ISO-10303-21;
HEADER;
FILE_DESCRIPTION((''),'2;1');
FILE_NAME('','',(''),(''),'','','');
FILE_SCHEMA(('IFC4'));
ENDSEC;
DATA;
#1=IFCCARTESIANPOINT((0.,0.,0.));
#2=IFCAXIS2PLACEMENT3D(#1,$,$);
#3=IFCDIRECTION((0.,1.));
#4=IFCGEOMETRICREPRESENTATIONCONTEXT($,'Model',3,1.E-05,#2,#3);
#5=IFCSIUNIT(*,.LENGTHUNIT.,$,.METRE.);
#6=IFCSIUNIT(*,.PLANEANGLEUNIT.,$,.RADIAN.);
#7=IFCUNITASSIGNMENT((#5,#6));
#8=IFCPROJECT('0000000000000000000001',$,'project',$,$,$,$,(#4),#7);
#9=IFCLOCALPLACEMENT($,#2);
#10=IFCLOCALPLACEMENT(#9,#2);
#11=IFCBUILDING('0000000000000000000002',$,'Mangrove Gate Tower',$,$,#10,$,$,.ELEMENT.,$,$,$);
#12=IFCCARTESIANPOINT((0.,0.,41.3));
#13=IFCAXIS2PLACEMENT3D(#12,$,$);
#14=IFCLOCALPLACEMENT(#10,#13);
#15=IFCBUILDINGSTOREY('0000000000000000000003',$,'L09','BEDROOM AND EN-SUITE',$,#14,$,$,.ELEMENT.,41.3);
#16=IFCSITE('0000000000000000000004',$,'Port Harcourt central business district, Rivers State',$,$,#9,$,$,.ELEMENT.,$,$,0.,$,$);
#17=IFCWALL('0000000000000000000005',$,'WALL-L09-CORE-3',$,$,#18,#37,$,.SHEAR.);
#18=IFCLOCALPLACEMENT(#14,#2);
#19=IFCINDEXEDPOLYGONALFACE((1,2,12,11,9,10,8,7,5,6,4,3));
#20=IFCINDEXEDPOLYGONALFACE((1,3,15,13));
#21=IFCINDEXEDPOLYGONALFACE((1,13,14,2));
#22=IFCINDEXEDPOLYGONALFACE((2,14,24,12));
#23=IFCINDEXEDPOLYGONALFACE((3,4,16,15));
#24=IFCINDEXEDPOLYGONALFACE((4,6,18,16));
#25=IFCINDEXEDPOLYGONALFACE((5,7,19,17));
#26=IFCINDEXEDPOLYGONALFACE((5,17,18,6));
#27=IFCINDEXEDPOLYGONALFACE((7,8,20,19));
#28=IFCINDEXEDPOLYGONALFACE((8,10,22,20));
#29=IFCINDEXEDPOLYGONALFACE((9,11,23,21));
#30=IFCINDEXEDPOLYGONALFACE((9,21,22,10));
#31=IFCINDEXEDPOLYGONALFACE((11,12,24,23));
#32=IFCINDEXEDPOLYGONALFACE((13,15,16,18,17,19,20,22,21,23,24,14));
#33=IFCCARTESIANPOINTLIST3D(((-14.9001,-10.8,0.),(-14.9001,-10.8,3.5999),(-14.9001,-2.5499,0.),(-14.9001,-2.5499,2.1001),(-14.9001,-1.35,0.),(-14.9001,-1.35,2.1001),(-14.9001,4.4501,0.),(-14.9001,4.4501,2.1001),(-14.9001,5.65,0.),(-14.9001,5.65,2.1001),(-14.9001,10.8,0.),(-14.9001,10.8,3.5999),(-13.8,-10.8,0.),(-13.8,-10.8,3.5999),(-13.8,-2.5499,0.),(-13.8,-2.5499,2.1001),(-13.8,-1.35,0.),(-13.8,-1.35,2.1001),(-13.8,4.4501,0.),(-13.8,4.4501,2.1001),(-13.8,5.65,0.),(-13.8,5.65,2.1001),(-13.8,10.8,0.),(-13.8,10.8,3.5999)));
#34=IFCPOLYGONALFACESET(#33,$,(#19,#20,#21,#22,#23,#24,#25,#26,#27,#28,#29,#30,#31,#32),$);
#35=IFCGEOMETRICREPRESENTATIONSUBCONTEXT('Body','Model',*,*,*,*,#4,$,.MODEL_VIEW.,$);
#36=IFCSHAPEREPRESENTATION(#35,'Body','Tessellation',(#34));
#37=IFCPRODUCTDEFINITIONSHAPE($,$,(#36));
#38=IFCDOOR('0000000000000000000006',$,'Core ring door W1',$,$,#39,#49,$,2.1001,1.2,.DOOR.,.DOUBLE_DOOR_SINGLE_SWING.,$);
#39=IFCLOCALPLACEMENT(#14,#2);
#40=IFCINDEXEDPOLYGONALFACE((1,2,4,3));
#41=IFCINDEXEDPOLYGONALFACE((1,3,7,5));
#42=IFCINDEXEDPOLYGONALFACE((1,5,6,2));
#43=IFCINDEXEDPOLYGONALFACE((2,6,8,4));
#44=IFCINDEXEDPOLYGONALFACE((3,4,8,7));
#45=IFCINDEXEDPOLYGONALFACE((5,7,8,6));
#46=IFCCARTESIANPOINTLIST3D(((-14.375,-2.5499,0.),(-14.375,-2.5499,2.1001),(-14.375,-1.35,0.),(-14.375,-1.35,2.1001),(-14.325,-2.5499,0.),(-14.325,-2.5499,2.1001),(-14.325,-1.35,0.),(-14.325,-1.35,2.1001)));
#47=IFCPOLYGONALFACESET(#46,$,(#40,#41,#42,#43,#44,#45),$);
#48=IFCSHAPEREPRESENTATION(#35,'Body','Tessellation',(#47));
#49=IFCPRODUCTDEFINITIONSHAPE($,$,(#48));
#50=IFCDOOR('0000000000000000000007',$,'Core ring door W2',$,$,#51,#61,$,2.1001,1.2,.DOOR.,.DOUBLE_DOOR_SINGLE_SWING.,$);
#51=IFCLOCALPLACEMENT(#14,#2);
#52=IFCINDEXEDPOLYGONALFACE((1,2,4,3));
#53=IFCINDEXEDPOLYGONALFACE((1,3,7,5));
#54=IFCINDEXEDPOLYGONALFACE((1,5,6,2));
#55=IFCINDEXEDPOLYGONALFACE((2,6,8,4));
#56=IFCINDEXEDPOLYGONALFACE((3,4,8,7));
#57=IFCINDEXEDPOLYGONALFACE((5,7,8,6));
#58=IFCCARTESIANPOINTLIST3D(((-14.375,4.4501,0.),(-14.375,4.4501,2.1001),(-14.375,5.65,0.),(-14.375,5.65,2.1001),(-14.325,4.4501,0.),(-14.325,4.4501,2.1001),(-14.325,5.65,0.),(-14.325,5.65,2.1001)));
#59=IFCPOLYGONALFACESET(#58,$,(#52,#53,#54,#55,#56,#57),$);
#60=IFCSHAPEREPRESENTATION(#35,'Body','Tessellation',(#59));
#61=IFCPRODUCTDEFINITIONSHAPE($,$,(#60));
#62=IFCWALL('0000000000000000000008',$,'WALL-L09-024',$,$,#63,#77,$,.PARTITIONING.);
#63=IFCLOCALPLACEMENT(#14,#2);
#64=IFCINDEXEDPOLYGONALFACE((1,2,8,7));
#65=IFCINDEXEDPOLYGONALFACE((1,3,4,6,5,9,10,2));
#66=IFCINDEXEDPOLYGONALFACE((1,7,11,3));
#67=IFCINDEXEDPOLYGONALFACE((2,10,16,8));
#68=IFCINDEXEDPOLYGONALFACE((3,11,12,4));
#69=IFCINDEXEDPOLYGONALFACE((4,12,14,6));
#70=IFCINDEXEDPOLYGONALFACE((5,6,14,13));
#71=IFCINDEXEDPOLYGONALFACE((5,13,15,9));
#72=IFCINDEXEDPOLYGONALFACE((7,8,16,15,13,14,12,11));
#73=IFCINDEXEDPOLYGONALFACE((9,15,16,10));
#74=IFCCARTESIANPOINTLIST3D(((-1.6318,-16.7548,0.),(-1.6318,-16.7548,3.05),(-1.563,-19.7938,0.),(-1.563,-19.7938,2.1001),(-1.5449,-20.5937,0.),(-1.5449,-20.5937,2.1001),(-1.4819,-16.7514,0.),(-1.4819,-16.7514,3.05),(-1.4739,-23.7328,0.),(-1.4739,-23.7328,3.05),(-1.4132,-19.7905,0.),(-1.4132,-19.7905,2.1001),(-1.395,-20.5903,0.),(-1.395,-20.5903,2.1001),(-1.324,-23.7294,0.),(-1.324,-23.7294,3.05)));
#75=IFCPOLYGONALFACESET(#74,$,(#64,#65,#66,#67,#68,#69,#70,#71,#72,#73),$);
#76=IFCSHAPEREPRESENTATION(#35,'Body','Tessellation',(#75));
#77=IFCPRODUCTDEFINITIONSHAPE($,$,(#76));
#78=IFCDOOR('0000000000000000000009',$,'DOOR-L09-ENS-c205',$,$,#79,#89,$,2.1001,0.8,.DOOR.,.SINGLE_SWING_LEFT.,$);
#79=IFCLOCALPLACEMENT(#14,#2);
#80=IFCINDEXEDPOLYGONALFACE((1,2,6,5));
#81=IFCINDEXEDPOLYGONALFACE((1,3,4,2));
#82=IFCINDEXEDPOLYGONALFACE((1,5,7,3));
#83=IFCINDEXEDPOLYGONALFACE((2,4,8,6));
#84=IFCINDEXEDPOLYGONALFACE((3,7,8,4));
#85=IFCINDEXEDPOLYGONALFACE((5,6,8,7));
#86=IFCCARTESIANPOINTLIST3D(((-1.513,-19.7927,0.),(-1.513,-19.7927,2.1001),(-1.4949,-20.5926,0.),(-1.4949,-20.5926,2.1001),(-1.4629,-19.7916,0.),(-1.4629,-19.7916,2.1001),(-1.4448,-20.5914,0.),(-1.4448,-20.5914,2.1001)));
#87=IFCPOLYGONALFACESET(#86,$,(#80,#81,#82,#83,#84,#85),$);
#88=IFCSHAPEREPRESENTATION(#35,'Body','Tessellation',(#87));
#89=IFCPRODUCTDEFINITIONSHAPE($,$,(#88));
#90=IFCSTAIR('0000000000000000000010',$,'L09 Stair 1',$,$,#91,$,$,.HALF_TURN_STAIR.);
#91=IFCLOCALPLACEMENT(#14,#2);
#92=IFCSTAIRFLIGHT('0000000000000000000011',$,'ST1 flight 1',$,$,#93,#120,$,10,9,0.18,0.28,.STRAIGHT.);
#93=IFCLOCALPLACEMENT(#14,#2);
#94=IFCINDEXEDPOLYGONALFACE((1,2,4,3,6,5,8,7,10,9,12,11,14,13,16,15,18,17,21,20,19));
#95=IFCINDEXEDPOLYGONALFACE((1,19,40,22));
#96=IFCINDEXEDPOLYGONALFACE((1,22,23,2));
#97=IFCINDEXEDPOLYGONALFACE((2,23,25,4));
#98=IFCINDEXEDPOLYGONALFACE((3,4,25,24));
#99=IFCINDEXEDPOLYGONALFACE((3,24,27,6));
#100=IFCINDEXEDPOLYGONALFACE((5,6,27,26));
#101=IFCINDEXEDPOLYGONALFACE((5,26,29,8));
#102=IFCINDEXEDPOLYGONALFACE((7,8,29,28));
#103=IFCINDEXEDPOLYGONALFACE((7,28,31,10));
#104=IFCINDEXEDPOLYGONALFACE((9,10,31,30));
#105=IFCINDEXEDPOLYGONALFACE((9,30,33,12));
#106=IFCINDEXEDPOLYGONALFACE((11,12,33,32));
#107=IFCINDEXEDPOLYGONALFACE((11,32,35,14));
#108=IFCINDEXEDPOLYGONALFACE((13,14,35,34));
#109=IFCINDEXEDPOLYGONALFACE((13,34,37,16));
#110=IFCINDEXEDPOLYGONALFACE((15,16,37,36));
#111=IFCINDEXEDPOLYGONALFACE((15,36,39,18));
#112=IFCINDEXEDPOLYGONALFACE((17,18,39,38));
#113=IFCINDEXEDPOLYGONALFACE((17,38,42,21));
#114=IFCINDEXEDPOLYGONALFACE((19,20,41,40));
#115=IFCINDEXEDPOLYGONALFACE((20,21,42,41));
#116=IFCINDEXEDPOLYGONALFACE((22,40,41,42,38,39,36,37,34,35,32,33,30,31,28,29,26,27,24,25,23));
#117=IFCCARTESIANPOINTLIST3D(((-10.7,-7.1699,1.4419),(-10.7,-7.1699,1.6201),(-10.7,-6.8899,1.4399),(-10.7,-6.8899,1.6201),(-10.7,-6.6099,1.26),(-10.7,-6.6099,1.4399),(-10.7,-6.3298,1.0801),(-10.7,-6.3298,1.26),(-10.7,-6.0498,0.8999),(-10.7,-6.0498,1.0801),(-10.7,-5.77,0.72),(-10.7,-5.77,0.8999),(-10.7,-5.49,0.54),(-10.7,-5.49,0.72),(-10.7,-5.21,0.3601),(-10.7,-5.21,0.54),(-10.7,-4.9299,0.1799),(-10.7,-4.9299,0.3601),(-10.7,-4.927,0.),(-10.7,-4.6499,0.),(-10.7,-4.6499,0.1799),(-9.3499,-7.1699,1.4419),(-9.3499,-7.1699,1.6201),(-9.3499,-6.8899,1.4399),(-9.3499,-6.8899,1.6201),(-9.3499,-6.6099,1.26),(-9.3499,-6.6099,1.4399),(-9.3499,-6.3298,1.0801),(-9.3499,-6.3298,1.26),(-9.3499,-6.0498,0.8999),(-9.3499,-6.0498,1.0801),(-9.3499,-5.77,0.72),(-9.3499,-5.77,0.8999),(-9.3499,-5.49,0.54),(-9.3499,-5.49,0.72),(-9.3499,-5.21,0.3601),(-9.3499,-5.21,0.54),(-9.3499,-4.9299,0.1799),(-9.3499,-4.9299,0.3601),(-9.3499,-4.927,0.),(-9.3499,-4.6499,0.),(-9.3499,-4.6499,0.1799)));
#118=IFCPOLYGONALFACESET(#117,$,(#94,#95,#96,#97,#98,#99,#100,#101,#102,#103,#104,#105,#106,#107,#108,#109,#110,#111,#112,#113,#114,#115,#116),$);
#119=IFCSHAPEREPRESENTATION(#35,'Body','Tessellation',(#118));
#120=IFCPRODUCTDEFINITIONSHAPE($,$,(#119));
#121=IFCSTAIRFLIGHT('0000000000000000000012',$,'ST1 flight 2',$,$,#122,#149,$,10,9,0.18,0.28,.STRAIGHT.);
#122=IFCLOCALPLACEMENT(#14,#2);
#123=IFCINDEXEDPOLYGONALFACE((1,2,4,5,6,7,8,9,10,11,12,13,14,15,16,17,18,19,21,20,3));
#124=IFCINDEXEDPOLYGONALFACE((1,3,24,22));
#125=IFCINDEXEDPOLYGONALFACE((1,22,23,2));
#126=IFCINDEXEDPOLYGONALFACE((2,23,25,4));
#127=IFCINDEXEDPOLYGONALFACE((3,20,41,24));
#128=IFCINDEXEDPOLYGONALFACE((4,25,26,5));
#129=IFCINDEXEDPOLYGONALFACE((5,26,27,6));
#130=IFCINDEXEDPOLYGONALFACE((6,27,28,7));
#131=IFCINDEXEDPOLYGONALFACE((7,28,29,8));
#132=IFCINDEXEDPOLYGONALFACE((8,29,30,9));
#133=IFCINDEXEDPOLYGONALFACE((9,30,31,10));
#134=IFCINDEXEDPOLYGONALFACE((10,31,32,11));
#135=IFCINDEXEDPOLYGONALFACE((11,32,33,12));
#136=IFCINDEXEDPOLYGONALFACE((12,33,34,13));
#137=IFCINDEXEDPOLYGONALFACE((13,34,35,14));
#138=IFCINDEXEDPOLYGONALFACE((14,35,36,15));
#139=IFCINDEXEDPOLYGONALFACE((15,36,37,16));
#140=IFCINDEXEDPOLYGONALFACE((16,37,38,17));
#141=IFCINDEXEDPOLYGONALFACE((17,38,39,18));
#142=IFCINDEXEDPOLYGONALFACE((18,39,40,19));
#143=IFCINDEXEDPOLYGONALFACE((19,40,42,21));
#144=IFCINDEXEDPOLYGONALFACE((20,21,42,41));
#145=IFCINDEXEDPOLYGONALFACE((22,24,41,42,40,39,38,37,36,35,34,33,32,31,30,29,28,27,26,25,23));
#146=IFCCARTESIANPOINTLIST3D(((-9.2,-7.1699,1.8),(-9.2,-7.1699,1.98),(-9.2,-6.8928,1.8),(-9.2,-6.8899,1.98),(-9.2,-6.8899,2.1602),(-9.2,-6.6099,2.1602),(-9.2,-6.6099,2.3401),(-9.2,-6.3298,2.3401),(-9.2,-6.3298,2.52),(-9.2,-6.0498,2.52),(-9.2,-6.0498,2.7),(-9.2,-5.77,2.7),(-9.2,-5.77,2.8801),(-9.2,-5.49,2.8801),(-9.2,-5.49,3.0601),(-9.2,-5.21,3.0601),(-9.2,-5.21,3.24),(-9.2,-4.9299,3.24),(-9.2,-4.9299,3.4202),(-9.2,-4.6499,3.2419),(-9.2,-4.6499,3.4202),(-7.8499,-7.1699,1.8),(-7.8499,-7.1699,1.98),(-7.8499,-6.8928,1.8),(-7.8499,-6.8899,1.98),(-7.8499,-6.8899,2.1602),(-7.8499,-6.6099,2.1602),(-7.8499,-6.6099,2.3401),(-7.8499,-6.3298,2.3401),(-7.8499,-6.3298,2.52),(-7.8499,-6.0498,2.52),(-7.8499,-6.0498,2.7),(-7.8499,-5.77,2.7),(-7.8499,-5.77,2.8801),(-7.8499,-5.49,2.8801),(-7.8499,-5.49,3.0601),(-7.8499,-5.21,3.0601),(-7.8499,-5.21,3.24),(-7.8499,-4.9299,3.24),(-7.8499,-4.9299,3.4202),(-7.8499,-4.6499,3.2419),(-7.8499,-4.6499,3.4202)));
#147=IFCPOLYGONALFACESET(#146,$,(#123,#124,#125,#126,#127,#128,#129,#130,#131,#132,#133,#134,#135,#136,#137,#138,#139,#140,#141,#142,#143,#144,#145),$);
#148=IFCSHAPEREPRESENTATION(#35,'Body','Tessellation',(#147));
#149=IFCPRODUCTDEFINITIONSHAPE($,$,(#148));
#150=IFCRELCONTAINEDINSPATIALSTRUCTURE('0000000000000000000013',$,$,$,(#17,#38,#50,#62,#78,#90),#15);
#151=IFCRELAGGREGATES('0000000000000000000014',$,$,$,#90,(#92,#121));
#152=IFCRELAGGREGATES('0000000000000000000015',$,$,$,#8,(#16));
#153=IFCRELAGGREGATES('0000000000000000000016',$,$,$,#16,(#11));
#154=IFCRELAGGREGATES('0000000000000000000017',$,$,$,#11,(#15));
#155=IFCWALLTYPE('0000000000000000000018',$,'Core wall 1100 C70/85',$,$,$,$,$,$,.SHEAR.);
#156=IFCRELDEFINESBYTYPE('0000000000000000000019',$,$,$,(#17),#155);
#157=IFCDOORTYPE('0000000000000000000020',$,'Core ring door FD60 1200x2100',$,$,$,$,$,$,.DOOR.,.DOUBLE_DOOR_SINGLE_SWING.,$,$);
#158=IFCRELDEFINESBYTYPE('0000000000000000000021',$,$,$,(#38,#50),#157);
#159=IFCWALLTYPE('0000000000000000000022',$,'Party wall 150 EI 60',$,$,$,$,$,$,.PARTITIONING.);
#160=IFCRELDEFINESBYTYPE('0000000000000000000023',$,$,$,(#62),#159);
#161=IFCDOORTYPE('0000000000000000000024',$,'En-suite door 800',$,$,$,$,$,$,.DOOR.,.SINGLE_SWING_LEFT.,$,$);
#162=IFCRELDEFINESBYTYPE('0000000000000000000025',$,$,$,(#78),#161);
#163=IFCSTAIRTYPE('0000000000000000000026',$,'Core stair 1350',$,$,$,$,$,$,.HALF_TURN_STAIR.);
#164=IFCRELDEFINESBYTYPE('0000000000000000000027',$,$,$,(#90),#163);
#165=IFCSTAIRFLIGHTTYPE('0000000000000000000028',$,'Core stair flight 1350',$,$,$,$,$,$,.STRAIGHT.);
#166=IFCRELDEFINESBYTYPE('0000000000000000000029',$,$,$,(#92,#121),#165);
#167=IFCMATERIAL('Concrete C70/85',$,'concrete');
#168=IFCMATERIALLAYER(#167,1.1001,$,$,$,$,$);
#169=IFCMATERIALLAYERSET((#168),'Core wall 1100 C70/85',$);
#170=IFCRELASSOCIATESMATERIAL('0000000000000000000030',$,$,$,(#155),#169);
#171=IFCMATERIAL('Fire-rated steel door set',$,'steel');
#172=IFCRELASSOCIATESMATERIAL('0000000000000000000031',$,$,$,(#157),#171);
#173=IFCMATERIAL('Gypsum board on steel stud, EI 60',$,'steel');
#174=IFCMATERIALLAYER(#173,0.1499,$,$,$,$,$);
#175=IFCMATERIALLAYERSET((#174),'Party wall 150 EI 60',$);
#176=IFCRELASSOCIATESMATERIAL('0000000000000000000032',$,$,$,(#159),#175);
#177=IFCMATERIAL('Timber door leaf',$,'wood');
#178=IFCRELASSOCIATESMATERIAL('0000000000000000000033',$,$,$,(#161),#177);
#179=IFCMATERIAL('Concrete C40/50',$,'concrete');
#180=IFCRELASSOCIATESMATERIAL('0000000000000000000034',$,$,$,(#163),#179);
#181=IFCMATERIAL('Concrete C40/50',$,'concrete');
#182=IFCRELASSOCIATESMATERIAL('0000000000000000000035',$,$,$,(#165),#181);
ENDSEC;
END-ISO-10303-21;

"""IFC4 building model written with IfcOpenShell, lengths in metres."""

from ifc_helpers import new_model, si_unit, direction, frame, frame_2d, origin, place, context, subcontext, project, spatial, polyline, rectangle, outline, extrude, material, layer, layer_set, type_object, element, fill, aggregate, save


model = new_model("IFC4")

# Units and contexts
model_context = context("Model", 3, precision=1e-05, world=origin(), true_north=direction((0.0, 1.0)))
body_context = subcontext(model_context, "Body", "Model", "MODEL_VIEW")
ifc_project = project(units=[si_unit("LENGTHUNIT", "METRE"), si_unit("PLANEANGLEUNIT", "RADIAN")], contexts=[model_context])

# Site, building, storey
site_placement = place(None, origin())
site = spatial("IfcSite", under=ifc_project, at=site_placement, Name="Port Harcourt central business district, Rivers State", CompositionType="ELEMENT", RefElevation=0.0)
building_placement = place(site_placement, origin())
building = spatial("IfcBuilding", under=site, at=building_placement, Name="Mangrove Gate Tower", CompositionType="ELEMENT")
storey_placement = place(building_placement, frame((0.0, 0.0, 41.3)))
storey = spatial("IfcBuildingStorey", under=building, at=storey_placement, Name="L09", Description="BEDROOM AND EN-SUITE", CompositionType="ELEMENT", Elevation=41.3)

# Shared definitions
ifc_material_1 = material(Name="Concrete C70/85", Category="concrete")
ifc_layer_1 = layer(ifc_material_1, 1.1001)
ifc_layer_set_1 = layer_set([ifc_layer_1], Name="Core wall 1100 C70/85")
wall_type_1 = type_object("IfcWallType", Name="Core wall 1100 C70/85", PredefinedType="SHEAR", material=ifc_layer_set_1)

# Wall, openings, doors
wall_1_placement = place(storey_placement, frame((-14.3501, -10.8, 0.0), z_axis=(0.0, 0.0, 1.0), x_axis=(0.0, 1.0, 0.0)))
wall_1 = element("IfcWall", 1, at=wall_1_placement, inside=storey, type_object=wall_type_1, Name="WALL-L09-CORE-3", PredefinedType="SHEAR", context=body_context, shape_type="SweptSolid", body=[
    extrude(rectangle(XDim=21.6001, YDim=1.1001, at=frame_2d((10.8, 0.0))), origin(), (0.0, 0.0, 1.0), 3.5999),
])
opening_1_placement = place(wall_1_placement, frame((8.25, 0.0, 0.0)))
opening_1 = element("IfcOpeningElement", 2, at=opening_1_placement, cuts=wall_1, PredefinedType="OPENING", context=body_context, shape_type="SweptSolid", body=[
    extrude(rectangle(XDim=1.2, YDim=2.1001, at=frame_2d((0.6001, 1.05))), frame((0.0, 0.5601, 0.0), z_axis=(0.0, -1.0, 0.0), x_axis=(1.0, 0.0, 0.0)), (0.0, 0.0, 1.0), 1.1201),
])
opening_2_placement = place(wall_1_placement, frame((15.25, 0.0, 0.0)))
opening_2 = element("IfcOpeningElement", 3, at=opening_2_placement, cuts=wall_1, PredefinedType="OPENING", context=body_context, shape_type="SweptSolid", body=[
    extrude(rectangle(XDim=1.2, YDim=2.1001, at=frame_2d((0.6001, 1.05))), frame((0.0, 0.5601, 0.0), z_axis=(0.0, -1.0, 0.0), x_axis=(1.0, 0.0, 0.0)), (0.0, 0.0, 1.0), 1.1201),
])
ifc_material_2 = material(Name="Fire-rated steel door set", Category="steel")
door_type_1 = type_object("IfcDoorType", Name="Core ring door FD60 1200x2100", OperationType="DOUBLE_DOOR_SINGLE_SWING", PredefinedType="DOOR", material=ifc_material_2)
door_1_placement = place(opening_1_placement, origin())
door_1 = element("IfcDoor", 4, at=door_1_placement, inside=storey, type_object=door_type_1, Name="Core ring door W1", OperationType="DOUBLE_DOOR_SINGLE_SWING", OverallHeight=2.1001, OverallWidth=1.2, PredefinedType="DOOR", context=body_context, shape_type="SweptSolid", body=[
    extrude(rectangle(XDim=1.2, YDim=2.1001, at=frame_2d((0.6001, 1.05))), frame((0.0, 0.0249, 0.0), z_axis=(0.0, -1.0, 0.0), x_axis=(1.0, 0.0, 0.0)), (0.0, 0.0, 1.0), 0.05),
])
fill(opening_1, door_1)
door_2_placement = place(opening_2_placement, origin())
door_2 = element("IfcDoor", 5, at=door_2_placement, inside=storey, type_object=door_type_1, Name="Core ring door W2", OperationType="DOUBLE_DOOR_SINGLE_SWING", OverallHeight=2.1001, OverallWidth=1.2, PredefinedType="DOOR", context=body_context, shape_type="SweptSolid", body=[
    extrude(rectangle(XDim=1.2, YDim=2.1001, at=frame_2d((0.6001, 1.05))), frame((0.0, 0.0249, 0.0), z_axis=(0.0, -1.0, 0.0), x_axis=(1.0, 0.0, 0.0)), (0.0, 0.0, 1.0), 0.05),
])
fill(opening_2, door_2)

# Wall, opening, door
ifc_material_3 = material(Name="Gypsum board on steel stud, EI 60", Category="steel")
ifc_layer_2 = layer(ifc_material_3, 0.1499)
ifc_layer_set_2 = layer_set([ifc_layer_2], Name="Party wall 150 EI 60")
wall_type_2 = type_object("IfcWallType", Name="Party wall 150 EI 60", PredefinedType="PARTITIONING", material=ifc_layer_set_2)
wall_2_placement = place(storey_placement, frame((-1.3989, -23.731, 0.0), z_axis=(0.0, 0.0, 1.0), x_axis=(-0.022631, 0.999744, 0.0)))
wall_2 = element("IfcWall", 6, at=wall_2_placement, inside=storey, type_object=wall_type_2, Name="WALL-L09-024", PredefinedType="PARTITIONING", context=body_context, shape_type="SweptSolid", body=[
    extrude(rectangle(XDim=6.9797, YDim=0.1499, at=frame_2d((3.4897, 0.0))), origin(), (0.0, 0.0, 1.0), 3.05),
])
opening_3_placement = place(wall_2_placement, frame((3.1399, 0.0, 0.0)))
opening_3 = element("IfcOpeningElement", 7, at=opening_3_placement, cuts=wall_2, PredefinedType="OPENING", context=body_context, shape_type="SweptSolid", body=[
    extrude(rectangle(XDim=0.8, YDim=2.1001, at=frame_2d((0.3999, 1.05))), frame((0.0, 0.085, 0.0), z_axis=(0.0, -1.0, 0.0), x_axis=(1.0, 0.0, 0.0)), (0.0, 0.0, 1.0), 0.1699),
])
ifc_material_4 = material(Name="Timber door leaf", Category="wood")
door_type_2 = type_object("IfcDoorType", Name="En-suite door 800", OperationType="SINGLE_SWING_LEFT", PredefinedType="DOOR", material=ifc_material_4)
door_3_placement = place(opening_3_placement, origin())
door_3 = element("IfcDoor", 8, at=door_3_placement, inside=storey, type_object=door_type_2, Name="DOOR-L09-ENS-c205", OperationType="SINGLE_SWING_LEFT", OverallHeight=2.1001, OverallWidth=0.8, PredefinedType="DOOR", context=body_context, shape_type="SweptSolid", body=[
    extrude(rectangle(XDim=0.8, YDim=2.1001, at=frame_2d((0.3999, 1.05))), frame((0.0, 0.0249, 0.0), z_axis=(0.0, -1.0, 0.0), x_axis=(1.0, 0.0, 0.0)), (0.0, 0.0, 1.0), 0.05),
])
fill(opening_3, door_3)

# Stair, stair flights
ifc_material_5 = material(Name="Concrete C40/50", Category="concrete")
stair_type = type_object("IfcStairType", Name="Core stair 1350", PredefinedType="HALF_TURN_STAIR", material=ifc_material_5)
stair_1_placement = place(storey_placement, origin())
stair_1 = element("IfcStair", 9, at=stair_1_placement, inside=storey, type_object=stair_type, Name="L09 Stair 1", PredefinedType="HALF_TURN_STAIR")
ifc_material_6 = material(Name="Concrete C40/50", Category="concrete")
stair_flight_type = type_object("IfcStairFlightType", Name="Core stair flight 1350", PredefinedType="STRAIGHT", material=ifc_material_6)
stair_flight_1_placement = place(storey_placement, frame((-10.0249, -4.6499, 0.0), z_axis=(0.0, 0.0, 1.0), x_axis=(0.0, -1.0, 0.0)))
stair_flight_1 = element("IfcStairFlight", 10, at=stair_flight_1_placement, type_object=stair_flight_type, Name="ST1 flight 1", NumberOfRisers=10, NumberOfTreads=9, PredefinedType="STRAIGHT", RiserHeight=0.18, TreadLength=0.28, context=body_context, shape_type="SweptSolid", body=[
    extrude(outline(polyline([(0.0, 0.0), (0.0, 0.1799), (0.28, 0.1799), (0.28, 0.3601), (0.5601, 0.3601), (0.5601, 0.54), (0.8401, 0.54), (0.8401, 0.72), (1.1201, 0.72), (1.1201, 0.8999), (1.3999, 0.8999), (1.3999, 1.0801), (1.6799, 1.0801), (1.6799, 1.26), (1.96, 1.26), (1.96, 1.4399), (2.24, 1.4399), (2.24, 1.6201), (2.52, 1.6201), (2.52, 1.8), (2.52, 1.4419), (0.2771, 0.0), (0.0, 0.0)])), frame((0.0, 0.675, 0.0), z_axis=(0.0, -1.0, 0.0), x_axis=(1.0, 0.0, 0.0)), (0.0, 0.0, 1.0), 1.3501),
])
stair_flight_2_placement = place(storey_placement, frame((-8.5249, -7.1699, 1.8), z_axis=(0.0, 0.0, 1.0), x_axis=(0.0, 1.0, 0.0)))
stair_flight_2 = element("IfcStairFlight", 11, at=stair_flight_2_placement, type_object=stair_flight_type, Name="ST1 flight 2", NumberOfRisers=10, NumberOfTreads=9, PredefinedType="STRAIGHT", RiserHeight=0.18, TreadLength=0.28, context=body_context, shape_type="SweptSolid", body=[
    extrude(outline(polyline([(0.0, 0.0), (0.0, 0.1799), (0.28, 0.1799), (0.28, 0.3601), (0.5601, 0.3601), (0.5601, 0.54), (0.8401, 0.54), (0.8401, 0.72), (1.1201, 0.72), (1.1201, 0.8999), (1.3999, 0.8999), (1.3999, 1.0801), (1.6799, 1.0801), (1.6799, 1.26), (1.96, 1.26), (1.96, 1.4399), (2.24, 1.4399), (2.24, 1.6201), (2.52, 1.6201), (2.52, 1.8), (2.52, 1.4419), (0.2771, 0.0), (0.0, 0.0)])), frame((0.0, 0.675, 0.0), z_axis=(0.0, -1.0, 0.0), x_axis=(1.0, 0.0, 0.0)), (0.0, 0.0, 1.0), 1.3501),
])
aggregate(stair_1, [stair_flight_1, stair_flight_2])

save(model, "model.ifc")
